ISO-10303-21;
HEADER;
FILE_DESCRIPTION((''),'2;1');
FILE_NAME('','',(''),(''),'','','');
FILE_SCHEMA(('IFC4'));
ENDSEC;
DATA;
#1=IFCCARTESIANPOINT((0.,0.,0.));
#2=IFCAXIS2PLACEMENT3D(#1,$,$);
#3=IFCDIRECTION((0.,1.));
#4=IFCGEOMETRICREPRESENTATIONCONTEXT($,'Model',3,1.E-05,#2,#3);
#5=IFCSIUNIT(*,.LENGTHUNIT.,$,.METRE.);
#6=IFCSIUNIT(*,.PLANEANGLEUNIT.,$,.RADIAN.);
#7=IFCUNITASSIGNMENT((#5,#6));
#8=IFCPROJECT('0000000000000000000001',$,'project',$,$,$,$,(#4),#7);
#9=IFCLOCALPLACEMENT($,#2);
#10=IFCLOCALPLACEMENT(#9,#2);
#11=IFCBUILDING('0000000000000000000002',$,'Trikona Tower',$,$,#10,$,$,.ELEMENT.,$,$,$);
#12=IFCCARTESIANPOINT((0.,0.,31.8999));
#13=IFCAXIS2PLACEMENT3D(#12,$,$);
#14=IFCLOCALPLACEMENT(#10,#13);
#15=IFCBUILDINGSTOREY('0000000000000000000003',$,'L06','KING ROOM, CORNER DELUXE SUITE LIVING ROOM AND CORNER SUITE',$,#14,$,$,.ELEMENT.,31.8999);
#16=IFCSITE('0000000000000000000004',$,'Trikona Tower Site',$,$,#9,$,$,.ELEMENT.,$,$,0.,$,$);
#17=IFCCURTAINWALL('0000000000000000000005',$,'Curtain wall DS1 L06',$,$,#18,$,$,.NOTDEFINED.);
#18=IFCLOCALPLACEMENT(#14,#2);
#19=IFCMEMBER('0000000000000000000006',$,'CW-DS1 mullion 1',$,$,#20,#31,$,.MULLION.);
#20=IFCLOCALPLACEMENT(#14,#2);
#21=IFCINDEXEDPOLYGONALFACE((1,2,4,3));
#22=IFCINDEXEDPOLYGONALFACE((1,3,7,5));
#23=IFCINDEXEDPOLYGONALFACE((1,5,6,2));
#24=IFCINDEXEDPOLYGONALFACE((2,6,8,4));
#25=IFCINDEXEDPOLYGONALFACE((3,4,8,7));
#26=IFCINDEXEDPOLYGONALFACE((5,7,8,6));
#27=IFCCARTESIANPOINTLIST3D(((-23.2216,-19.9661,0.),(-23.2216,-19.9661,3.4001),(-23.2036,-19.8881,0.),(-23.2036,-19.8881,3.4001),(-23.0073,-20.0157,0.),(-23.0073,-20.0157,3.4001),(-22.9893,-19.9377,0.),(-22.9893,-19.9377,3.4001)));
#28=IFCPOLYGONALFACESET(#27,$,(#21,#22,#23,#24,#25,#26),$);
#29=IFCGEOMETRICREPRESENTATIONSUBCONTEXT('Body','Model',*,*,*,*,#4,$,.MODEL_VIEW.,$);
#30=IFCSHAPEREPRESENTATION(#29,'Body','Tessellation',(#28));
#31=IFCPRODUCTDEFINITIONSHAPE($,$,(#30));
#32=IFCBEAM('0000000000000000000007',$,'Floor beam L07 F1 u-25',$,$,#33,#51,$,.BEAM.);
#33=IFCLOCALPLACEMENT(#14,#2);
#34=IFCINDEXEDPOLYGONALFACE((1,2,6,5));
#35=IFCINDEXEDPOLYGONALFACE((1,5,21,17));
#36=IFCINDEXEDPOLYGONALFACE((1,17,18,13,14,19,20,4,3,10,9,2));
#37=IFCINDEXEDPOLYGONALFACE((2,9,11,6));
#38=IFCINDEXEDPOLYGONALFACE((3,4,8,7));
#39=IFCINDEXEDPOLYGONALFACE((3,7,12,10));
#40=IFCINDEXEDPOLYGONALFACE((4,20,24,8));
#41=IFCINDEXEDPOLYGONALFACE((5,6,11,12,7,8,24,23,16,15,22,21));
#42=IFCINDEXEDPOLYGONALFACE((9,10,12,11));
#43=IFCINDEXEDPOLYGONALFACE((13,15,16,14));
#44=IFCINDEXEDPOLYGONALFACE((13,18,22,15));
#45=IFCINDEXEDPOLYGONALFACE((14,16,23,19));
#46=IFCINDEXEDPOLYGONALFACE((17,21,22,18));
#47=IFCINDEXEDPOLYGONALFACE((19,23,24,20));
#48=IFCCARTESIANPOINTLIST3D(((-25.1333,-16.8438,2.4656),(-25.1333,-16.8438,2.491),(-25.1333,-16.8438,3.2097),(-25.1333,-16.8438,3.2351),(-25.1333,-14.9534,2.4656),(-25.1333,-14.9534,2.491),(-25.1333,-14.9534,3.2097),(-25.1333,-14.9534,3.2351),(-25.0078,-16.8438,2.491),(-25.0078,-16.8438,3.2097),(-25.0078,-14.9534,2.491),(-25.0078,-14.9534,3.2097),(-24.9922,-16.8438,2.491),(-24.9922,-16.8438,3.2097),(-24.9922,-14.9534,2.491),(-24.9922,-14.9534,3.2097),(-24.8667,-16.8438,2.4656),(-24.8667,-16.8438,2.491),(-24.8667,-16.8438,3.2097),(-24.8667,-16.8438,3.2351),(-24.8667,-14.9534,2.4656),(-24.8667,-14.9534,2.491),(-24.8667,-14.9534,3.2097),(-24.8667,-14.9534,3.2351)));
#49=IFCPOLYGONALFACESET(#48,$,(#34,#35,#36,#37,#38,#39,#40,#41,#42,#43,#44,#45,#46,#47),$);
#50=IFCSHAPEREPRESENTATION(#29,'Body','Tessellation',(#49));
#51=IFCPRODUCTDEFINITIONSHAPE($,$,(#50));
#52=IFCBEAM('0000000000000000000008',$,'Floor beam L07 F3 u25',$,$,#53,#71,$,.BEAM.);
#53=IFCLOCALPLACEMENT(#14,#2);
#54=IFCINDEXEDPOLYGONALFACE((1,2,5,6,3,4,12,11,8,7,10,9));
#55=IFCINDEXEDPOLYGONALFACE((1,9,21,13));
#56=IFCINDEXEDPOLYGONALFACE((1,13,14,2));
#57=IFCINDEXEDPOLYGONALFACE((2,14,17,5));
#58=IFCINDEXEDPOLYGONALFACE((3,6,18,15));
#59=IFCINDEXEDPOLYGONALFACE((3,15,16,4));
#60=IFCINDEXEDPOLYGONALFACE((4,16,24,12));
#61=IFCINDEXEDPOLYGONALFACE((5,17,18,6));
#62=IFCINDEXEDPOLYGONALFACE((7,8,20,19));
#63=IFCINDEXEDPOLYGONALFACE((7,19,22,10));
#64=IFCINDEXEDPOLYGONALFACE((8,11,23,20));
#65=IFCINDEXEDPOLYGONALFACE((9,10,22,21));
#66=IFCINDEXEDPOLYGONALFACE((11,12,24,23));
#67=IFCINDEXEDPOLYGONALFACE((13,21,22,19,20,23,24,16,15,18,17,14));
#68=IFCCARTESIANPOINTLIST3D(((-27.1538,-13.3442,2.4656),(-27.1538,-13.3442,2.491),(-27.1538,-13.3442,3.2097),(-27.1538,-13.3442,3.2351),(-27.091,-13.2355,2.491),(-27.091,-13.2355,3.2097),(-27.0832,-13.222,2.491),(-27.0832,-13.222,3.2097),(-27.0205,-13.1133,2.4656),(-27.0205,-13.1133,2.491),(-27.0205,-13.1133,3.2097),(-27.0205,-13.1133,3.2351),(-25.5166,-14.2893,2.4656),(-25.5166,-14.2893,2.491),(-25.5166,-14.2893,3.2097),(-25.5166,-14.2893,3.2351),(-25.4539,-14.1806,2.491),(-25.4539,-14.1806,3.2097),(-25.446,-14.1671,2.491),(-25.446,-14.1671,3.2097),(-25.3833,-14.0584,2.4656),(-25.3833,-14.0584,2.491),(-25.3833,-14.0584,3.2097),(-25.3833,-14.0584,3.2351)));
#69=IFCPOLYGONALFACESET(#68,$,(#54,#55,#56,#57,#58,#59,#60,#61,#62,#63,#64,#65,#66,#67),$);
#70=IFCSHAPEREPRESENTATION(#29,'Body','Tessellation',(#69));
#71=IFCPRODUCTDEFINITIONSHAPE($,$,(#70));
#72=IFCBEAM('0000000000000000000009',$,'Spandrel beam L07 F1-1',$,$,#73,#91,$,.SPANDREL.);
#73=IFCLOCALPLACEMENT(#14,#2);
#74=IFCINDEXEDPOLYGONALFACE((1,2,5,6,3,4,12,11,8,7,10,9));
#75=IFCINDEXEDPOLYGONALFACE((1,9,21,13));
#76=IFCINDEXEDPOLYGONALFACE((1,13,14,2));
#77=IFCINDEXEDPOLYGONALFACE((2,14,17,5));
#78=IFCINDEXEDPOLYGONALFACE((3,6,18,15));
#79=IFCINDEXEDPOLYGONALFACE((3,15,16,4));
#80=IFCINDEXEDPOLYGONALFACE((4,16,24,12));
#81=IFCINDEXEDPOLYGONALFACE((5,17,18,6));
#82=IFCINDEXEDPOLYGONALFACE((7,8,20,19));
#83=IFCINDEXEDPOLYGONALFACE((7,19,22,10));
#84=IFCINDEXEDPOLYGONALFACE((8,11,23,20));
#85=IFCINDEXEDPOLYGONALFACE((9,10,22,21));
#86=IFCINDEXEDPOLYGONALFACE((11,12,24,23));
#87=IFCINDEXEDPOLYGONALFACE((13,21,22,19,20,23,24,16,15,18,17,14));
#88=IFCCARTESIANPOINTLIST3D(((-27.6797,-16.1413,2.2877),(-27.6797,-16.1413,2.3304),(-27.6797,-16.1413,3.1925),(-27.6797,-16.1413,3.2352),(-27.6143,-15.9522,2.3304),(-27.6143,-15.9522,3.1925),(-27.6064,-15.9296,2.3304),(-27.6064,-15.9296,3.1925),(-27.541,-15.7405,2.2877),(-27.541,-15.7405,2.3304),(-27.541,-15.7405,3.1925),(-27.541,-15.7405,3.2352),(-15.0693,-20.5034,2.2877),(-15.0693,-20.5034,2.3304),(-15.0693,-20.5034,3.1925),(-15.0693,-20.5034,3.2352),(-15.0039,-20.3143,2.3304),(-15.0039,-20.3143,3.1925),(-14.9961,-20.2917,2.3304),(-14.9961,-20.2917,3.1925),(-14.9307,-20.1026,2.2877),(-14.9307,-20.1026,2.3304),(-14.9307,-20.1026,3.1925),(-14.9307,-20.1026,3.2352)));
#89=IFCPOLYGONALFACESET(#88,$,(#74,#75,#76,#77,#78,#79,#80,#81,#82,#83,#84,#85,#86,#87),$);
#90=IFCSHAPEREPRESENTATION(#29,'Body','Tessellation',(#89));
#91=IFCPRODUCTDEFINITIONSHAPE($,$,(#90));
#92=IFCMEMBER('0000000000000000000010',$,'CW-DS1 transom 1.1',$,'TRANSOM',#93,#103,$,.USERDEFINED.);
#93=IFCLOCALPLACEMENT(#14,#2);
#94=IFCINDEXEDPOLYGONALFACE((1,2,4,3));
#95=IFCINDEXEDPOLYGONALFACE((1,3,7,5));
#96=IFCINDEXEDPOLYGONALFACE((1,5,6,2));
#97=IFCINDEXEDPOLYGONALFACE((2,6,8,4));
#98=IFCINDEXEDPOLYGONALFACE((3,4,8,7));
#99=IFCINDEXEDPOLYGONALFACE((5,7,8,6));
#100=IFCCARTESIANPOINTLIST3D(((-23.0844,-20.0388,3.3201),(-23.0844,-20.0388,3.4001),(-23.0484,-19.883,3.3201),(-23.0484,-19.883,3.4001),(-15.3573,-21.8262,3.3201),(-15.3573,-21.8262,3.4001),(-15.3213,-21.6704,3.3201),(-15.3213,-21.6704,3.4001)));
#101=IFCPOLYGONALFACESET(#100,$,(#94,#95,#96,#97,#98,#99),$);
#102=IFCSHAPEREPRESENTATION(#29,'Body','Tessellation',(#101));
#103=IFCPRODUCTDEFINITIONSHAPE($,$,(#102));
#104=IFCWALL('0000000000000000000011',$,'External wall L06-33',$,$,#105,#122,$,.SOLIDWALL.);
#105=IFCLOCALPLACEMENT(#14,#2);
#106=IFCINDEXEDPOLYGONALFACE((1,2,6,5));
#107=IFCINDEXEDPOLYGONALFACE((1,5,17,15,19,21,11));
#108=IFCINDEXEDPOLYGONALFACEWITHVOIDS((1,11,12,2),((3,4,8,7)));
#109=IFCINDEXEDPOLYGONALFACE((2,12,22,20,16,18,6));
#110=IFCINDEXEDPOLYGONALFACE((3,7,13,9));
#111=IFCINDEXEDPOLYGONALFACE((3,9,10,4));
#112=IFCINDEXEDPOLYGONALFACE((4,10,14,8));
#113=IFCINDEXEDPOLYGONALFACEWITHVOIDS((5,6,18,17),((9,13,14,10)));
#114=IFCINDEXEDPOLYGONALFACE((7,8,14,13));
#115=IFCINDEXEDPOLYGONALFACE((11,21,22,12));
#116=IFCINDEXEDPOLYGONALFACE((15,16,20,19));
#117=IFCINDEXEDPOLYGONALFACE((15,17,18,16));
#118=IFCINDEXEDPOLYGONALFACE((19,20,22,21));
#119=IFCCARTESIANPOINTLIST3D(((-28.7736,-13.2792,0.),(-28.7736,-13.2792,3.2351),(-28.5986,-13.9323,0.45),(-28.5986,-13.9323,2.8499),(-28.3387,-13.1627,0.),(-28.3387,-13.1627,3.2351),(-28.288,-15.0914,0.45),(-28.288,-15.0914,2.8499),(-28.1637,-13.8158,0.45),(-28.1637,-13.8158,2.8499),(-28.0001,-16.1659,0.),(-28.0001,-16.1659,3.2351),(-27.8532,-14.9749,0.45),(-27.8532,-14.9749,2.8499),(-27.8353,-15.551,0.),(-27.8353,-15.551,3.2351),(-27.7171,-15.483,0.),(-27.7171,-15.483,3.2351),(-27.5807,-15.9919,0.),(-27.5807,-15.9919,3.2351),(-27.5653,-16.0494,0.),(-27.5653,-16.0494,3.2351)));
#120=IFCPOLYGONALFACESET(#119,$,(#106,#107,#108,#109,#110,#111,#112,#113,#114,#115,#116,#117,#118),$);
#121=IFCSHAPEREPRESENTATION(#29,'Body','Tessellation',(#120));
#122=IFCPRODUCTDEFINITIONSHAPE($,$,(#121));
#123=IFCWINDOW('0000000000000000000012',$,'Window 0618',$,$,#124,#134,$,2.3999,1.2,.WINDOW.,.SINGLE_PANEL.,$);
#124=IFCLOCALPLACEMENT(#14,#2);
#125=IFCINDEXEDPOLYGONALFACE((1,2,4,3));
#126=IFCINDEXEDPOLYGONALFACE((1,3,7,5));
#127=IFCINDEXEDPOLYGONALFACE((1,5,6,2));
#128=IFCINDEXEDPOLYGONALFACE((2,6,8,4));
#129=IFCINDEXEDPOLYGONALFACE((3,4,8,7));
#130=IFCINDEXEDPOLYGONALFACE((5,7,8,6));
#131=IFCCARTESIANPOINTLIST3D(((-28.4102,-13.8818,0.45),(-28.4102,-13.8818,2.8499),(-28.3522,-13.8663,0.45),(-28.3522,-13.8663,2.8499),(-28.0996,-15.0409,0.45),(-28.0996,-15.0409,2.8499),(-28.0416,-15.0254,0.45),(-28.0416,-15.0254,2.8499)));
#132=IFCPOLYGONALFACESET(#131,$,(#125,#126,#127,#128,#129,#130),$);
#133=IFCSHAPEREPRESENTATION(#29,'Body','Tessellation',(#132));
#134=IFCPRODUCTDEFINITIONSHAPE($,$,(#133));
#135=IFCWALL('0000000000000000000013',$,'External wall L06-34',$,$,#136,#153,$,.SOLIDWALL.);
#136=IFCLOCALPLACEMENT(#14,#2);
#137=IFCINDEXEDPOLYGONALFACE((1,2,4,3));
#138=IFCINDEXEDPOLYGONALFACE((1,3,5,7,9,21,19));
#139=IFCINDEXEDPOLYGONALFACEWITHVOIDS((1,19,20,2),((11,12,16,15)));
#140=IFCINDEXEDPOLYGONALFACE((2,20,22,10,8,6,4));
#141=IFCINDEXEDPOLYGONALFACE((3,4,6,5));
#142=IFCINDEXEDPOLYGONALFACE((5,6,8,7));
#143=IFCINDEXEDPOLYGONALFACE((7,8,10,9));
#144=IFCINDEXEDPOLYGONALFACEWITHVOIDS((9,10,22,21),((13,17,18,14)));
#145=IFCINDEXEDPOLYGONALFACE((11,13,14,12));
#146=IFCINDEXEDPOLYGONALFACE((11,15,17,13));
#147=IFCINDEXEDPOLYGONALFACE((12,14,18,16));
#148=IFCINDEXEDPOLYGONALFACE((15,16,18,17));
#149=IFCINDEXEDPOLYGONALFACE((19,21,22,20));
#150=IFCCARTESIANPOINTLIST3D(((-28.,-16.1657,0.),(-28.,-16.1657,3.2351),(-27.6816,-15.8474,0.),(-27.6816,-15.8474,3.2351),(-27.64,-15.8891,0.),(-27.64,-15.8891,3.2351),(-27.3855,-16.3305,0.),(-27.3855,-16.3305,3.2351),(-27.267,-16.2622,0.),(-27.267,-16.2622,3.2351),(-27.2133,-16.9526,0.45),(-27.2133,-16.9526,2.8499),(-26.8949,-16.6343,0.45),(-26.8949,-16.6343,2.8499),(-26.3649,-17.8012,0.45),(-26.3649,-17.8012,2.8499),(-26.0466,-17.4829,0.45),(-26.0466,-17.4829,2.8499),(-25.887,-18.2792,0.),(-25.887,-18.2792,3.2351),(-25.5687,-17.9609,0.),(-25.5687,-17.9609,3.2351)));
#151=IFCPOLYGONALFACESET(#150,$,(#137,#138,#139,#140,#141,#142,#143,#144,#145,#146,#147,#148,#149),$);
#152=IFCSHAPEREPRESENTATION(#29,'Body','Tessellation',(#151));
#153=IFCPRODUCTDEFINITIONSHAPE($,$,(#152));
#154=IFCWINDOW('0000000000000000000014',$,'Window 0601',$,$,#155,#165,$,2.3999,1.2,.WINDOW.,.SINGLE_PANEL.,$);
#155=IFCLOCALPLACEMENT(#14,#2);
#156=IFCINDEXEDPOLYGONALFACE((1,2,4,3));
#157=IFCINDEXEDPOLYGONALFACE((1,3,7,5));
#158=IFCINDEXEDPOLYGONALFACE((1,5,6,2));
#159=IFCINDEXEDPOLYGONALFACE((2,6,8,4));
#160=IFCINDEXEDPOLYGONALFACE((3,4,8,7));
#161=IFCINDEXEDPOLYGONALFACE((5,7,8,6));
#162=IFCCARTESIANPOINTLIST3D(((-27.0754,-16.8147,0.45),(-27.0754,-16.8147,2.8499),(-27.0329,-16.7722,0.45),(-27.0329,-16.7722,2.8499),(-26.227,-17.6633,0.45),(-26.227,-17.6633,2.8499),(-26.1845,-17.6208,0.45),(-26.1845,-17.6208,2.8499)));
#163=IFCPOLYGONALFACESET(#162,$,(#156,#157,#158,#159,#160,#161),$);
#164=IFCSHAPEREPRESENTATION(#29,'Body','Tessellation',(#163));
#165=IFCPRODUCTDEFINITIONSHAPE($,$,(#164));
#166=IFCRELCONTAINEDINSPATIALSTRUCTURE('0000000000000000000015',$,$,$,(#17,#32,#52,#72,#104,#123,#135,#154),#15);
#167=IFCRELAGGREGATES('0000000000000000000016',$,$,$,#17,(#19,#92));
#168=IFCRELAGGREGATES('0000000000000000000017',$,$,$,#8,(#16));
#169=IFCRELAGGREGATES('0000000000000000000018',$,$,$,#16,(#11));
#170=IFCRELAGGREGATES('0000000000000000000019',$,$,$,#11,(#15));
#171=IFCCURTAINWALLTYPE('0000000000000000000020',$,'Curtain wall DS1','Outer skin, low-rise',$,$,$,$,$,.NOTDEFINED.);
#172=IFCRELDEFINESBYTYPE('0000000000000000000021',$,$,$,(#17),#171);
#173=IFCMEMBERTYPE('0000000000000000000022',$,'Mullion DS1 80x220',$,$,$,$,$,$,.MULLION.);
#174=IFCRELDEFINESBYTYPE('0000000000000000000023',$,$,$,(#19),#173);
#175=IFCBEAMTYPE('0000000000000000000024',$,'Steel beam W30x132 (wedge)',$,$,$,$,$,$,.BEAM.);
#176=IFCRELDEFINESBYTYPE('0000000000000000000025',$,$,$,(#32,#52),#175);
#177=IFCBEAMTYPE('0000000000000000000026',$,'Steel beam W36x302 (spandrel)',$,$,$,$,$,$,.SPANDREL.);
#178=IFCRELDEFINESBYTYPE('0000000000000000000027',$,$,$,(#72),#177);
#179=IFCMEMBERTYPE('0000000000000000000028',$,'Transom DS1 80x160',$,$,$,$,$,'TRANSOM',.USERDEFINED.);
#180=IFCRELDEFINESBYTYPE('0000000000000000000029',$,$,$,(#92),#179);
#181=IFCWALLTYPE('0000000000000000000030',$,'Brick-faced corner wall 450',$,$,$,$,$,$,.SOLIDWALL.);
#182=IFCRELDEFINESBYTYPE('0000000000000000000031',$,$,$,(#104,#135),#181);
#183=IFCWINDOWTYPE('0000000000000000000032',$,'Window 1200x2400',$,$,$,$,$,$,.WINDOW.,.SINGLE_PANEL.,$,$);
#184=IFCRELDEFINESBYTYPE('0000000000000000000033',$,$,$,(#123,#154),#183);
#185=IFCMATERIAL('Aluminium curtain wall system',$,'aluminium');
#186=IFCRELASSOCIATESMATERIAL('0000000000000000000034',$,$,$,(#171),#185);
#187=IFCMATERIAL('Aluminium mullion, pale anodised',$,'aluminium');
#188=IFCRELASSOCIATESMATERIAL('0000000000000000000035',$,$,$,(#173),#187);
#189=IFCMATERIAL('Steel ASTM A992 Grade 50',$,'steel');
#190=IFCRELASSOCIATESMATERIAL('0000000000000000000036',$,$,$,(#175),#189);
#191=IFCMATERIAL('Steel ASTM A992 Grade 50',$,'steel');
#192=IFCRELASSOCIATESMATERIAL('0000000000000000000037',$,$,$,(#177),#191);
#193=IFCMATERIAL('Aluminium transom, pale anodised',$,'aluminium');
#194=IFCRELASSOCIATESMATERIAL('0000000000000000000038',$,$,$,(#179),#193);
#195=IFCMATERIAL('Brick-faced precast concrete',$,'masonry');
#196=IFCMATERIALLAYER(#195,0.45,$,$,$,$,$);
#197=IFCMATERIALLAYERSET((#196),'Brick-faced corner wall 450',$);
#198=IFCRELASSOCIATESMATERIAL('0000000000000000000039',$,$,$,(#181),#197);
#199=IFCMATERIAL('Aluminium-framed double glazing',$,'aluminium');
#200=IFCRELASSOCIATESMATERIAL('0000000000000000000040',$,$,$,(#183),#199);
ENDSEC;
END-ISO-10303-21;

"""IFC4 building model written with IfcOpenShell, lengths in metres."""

from ifc_helpers import new_model, si_unit, direction, frame, frame_2d, origin, origin_2d, place, context, subcontext, project, spatial, polyline, rectangle, i_section, outline, extrude, material, layer, layer_set, material_profile, profile_set, type_object, element, fill, aggregate, save


model = new_model("IFC4")

# Units and contexts
model_context = context("Model", 3, precision=1e-05, world=origin(), true_north=direction((0.0, 1.0)))
body_context = subcontext(model_context, "Body", "Model", "MODEL_VIEW")
ifc_project = project(units=[si_unit("LENGTHUNIT", "METRE"), si_unit("PLANEANGLEUNIT", "RADIAN")], contexts=[model_context])

# Site, building, storey
site_placement = place(None, origin())
site = spatial("IfcSite", under=ifc_project, at=site_placement, Name="Trikona Tower Site", CompositionType="ELEMENT", RefElevation=0.0)
building_placement = place(site_placement, origin())
building = spatial("IfcBuilding", under=site, at=building_placement, Name="Trikona Tower", CompositionType="ELEMENT")
storey_placement = place(building_placement, frame((0.0, 0.0, 31.8999)))
storey = spatial("IfcBuildingStorey", under=building, at=storey_placement, Name="L06", Description="KING ROOM, CORNER DELUXE SUITE LIVING ROOM AND CORNER SUITE", CompositionType="ELEMENT", Elevation=31.8999)

# Curtain wall, member
ifc_material_1 = material(Name="Aluminium curtain wall system", Category="aluminium")
curtain_wall_type = type_object("IfcCurtainWallType", Name="Curtain wall DS1", Description="Outer skin, low-rise", PredefinedType="NOTDEFINED", material=ifc_material_1)
curtain_wall_placement = place(storey_placement, origin())
curtain_wall = element("IfcCurtainWall", 1, at=curtain_wall_placement, inside=storey, type_object=curtain_wall_type, Name="Curtain wall DS1 L06", PredefinedType="NOTDEFINED")
ifc_material_2 = material(Name="Aluminium mullion, pale anodised", Category="aluminium")
ifc_material_profile_1 = material_profile(ifc_material_2, rectangle(XDim=0.0801, YDim=0.22, at=origin_2d()), Name="MUL-DS1")
ifc_profile_set_1 = profile_set([ifc_material_profile_1], Name="Aluminium mullion, pale anodised")
member_type_1 = type_object("IfcMemberType", Name="Mullion DS1 80x220", PredefinedType="MULLION", material=ifc_profile_set_1)
member_1_placement = place(storey_placement, frame((-23.1055, -19.9519, 0.0), z_axis=(0.0, 0.0, 1.0), x_axis=(0.225343, 0.974279, 0.0)))
member_1 = element("IfcMember", 2, at=member_1_placement, type_object=member_type_1, Name="CW-DS1 mullion 1", PredefinedType="MULLION", context=body_context, shape_type="SweptSolid", body=[
    extrude(rectangle(XDim=0.0801, YDim=0.22, at=origin_2d()), origin(), (0.0, 0.0, 1.0), 3.4001),
])

# Beams
ifc_material_3 = material(Name="Steel ASTM A992 Grade 50", Category="steel")
ifc_material_profile_2 = material_profile(ifc_material_3, i_section(OverallWidth=0.2666, OverallDepth=0.7695, WebThickness=0.0156, FlangeThickness=0.0254, at=origin_2d()), Name="W30X132")
ifc_profile_set_2 = profile_set([ifc_material_profile_2], Name="Steel ASTM A992 Grade 50")
beam_type_1 = type_object("IfcBeamType", Name="Steel beam W30x132 (wedge)", PredefinedType="BEAM", material=ifc_profile_set_2)
for number, where, z_axis, x_axis, name in (
    (3, (-25.0, -14.9534, 2.8503), (0.0, -1.0, 0.0), (1.0, 0.0, 0.0), "Floor beam L07 F1 u-25"),
    (4, (-25.45, -14.1738, 2.8503), (-0.866065, 0.499931, 0.0), (-0.499931, -0.866065, 0.0), "Floor beam L07 F3 u25"),
):
    element("IfcBeam", number, at=place(storey_placement, frame(where, z_axis=z_axis, x_axis=x_axis)), inside=storey, type_object=beam_type_1, Name=name, PredefinedType="BEAM", context=body_context, shape_type="SweptSolid", body=[
        extrude(i_section(OverallWidth=0.2666, OverallDepth=0.7695, WebThickness=0.0156, FlangeThickness=0.0254, at=origin_2d()), origin(), (0.0, 0.0, 1.0), 1.8904),
    ])
ifc_material_4 = material(Name="Steel ASTM A992 Grade 50", Category="steel")
ifc_material_profile_3 = material_profile(ifc_material_4, i_section(OverallWidth=0.4241, OverallDepth=0.9475, WebThickness=0.0239, FlangeThickness=0.0427, at=origin_2d()), Name="W36X302")
ifc_profile_set_3 = profile_set([ifc_material_profile_3], Name="Steel ASTM A992 Grade 50")
beam_type_2 = type_object("IfcBeamType", Name="Steel beam W36x302 (spandrel)", PredefinedType="SPANDREL", material=ifc_profile_set_3)
beam_placement = place(storey_placement, frame((-27.6104, -15.9409, 2.7615), z_axis=(0.945057, -0.326906, 0.0), x_axis=(0.326906, 0.945057, 0.0)))
element("IfcBeam", 5, at=beam_placement, inside=storey, type_object=beam_type_2, Name="Spandrel beam L07 F1-1", PredefinedType="SPANDREL", context=body_context, shape_type="SweptSolid", body=[
    extrude(i_section(OverallWidth=0.4241, OverallDepth=0.9475, WebThickness=0.0239, FlangeThickness=0.0427, at=origin_2d()), origin(), (0.0, 0.0, 1.0), 13.3435),
])

# Member
ifc_material_5 = material(Name="Aluminium transom, pale anodised", Category="aluminium")
ifc_material_profile_4 = material_profile(ifc_material_5, rectangle(XDim=0.1599, YDim=0.0801, at=origin_2d()), Name="TRN-DS1")
ifc_profile_set_4 = profile_set([ifc_material_profile_4], Name="Aluminium transom, pale anodised")
member_type_2 = type_object("IfcMemberType", Name="Transom DS1 80x160", ElementType="TRANSOM", PredefinedType="USERDEFINED", material=ifc_profile_set_4)
member_2_placement = place(storey_placement, frame((-23.0664, -19.9609, 3.3601), z_axis=(0.974275, -0.225361, 0.0), x_axis=(0.225361, 0.974275, 0.0)))
member_2 = element("IfcMember", 6, at=member_2_placement, type_object=member_type_2, Name="CW-DS1 transom 1.1", ObjectType="TRANSOM", PredefinedType="USERDEFINED", context=body_context, shape_type="SweptSolid", body=[
    extrude(rectangle(XDim=0.1599, YDim=0.0801, at=origin_2d()), origin(), (0.0, 0.0, 1.0), 7.9312),
])
aggregate(curtain_wall, [member_1, member_2])

# Walls, openings, windows
ifc_material_6 = material(Name="Brick-faced precast concrete", Category="masonry")
ifc_layer_1 = layer(ifc_material_6, 0.45)
ifc_layer_set_1 = layer_set([ifc_layer_1], Name="Brick-faced corner wall 450")
wall_type_1 = type_object("IfcWallType", Name="Brick-faced corner wall 450", PredefinedType="SOLIDWALL", material=ifc_layer_set_1)
wall_1_placement = place(storey_placement, frame((-28.5562, -13.2209, 0.0), z_axis=(0.0, 0.0, 1.0), x_axis=(0.258801, -0.965931, 0.0)))
wall_1 = element("IfcWall", 7, at=wall_1_placement, inside=storey, type_object=wall_type_1, Name="External wall L06-33", PredefinedType="SOLIDWALL", context=body_context, shape_type="SweptSolid", body=[
    extrude(outline(polyline([(2.9885, 0.2251), (2.929, 0.2251), (2.4373, 0.0933), (2.4021, 0.2251), (0.0, 0.2251), (0.0, -0.2251), (2.9885, -0.2251), (2.9885, 0.2251)])), origin(), (0.0, 0.0, 1.0), 3.2351),
])
opening_1_placement = place(wall_1_placement, frame((0.676, 0.0, 0.45)))
opening_1 = element("IfcOpeningElement", 8, at=opening_1_placement, cuts=wall_1, PredefinedType="OPENING", context=body_context, shape_type="SweptSolid", body=[
    extrude(rectangle(XDim=1.2, YDim=2.3999, at=frame_2d((0.6001, 1.2))), frame((0.0, 0.2349, 0.0), z_axis=(0.0, -1.0, 0.0), x_axis=(1.0, 0.0, 0.0)), (0.0, 0.0, 1.0), 0.47),
])
ifc_material_7 = material(Name="Aluminium-framed double glazing", Category="aluminium")
window_type_1 = type_object("IfcWindowType", Name="Window 1200x2400", PartitioningType="SINGLE_PANEL", PredefinedType="WINDOW", material=ifc_material_7)
window_1_placement = place(opening_1_placement, origin())
window_1 = element("IfcWindow", 9, at=window_1_placement, inside=storey, type_object=window_type_1, Name="Window 0618", OverallHeight=2.3999, OverallWidth=1.2, PartitioningType="SINGLE_PANEL", PredefinedType="WINDOW", context=body_context, shape_type="SweptSolid", body=[
    extrude(rectangle(XDim=1.2, YDim=2.3999, at=frame_2d((0.6001, 1.2))), frame((0.0, 0.03, 0.0), z_axis=(0.0, -1.0, 0.0), x_axis=(1.0, 0.0, 0.0)), (0.0, 0.0, 1.0), 0.0601),
])
fill(opening_1, window_1)
wall_2_placement = place(storey_placement, frame((-27.8408, -16.0066, 0.0), z_axis=(0.0, 0.0, 1.0), x_axis=(0.707025, -0.707188, 0.0)))
wall_2 = element("IfcWall", 10, at=wall_2_placement, inside=storey, type_object=wall_type_1, Name="External wall L06-34", PredefinedType="SOLIDWALL", context=body_context, shape_type="SweptSolid", body=[
    extrude(outline(polyline([(2.9885, 0.2251), (0.5864, 0.2251), (0.551, 0.093), (0.0588, 0.2251), (0.0, 0.2251), (0.0, -0.2251), (2.9885, -0.2251), (2.9885, 0.2251)])), origin(), (0.0, 0.0, 1.0), 3.2351),
])
opening_2_placement = place(wall_2_placement, frame((1.1125, 0.0, 0.45)))
opening_2 = element("IfcOpeningElement", 11, at=opening_2_placement, cuts=wall_2, PredefinedType="OPENING", context=body_context, shape_type="SweptSolid", body=[
    extrude(rectangle(XDim=1.2, YDim=2.3999, at=frame_2d((0.6001, 1.2))), frame((0.0, 0.2349, 0.0), z_axis=(0.0, -1.0, 0.0), x_axis=(1.0, 0.0, 0.0)), (0.0, 0.0, 1.0), 0.47),
])
window_2_placement = place(opening_2_placement, origin())
window_2 = element("IfcWindow", 12, at=window_2_placement, inside=storey, type_object=window_type_1, Name="Window 0601", OverallHeight=2.3999, OverallWidth=1.2, PartitioningType="SINGLE_PANEL", PredefinedType="WINDOW", context=body_context, shape_type="SweptSolid", body=[
    extrude(rectangle(XDim=1.2, YDim=2.3999, at=frame_2d((0.6001, 1.2))), frame((0.0, 0.03, 0.0), z_axis=(0.0, -1.0, 0.0), x_axis=(1.0, 0.0, 0.0)), (0.0, 0.0, 1.0), 0.0601),
])
fill(opening_2, window_2)

save(model, "model.ifc")
